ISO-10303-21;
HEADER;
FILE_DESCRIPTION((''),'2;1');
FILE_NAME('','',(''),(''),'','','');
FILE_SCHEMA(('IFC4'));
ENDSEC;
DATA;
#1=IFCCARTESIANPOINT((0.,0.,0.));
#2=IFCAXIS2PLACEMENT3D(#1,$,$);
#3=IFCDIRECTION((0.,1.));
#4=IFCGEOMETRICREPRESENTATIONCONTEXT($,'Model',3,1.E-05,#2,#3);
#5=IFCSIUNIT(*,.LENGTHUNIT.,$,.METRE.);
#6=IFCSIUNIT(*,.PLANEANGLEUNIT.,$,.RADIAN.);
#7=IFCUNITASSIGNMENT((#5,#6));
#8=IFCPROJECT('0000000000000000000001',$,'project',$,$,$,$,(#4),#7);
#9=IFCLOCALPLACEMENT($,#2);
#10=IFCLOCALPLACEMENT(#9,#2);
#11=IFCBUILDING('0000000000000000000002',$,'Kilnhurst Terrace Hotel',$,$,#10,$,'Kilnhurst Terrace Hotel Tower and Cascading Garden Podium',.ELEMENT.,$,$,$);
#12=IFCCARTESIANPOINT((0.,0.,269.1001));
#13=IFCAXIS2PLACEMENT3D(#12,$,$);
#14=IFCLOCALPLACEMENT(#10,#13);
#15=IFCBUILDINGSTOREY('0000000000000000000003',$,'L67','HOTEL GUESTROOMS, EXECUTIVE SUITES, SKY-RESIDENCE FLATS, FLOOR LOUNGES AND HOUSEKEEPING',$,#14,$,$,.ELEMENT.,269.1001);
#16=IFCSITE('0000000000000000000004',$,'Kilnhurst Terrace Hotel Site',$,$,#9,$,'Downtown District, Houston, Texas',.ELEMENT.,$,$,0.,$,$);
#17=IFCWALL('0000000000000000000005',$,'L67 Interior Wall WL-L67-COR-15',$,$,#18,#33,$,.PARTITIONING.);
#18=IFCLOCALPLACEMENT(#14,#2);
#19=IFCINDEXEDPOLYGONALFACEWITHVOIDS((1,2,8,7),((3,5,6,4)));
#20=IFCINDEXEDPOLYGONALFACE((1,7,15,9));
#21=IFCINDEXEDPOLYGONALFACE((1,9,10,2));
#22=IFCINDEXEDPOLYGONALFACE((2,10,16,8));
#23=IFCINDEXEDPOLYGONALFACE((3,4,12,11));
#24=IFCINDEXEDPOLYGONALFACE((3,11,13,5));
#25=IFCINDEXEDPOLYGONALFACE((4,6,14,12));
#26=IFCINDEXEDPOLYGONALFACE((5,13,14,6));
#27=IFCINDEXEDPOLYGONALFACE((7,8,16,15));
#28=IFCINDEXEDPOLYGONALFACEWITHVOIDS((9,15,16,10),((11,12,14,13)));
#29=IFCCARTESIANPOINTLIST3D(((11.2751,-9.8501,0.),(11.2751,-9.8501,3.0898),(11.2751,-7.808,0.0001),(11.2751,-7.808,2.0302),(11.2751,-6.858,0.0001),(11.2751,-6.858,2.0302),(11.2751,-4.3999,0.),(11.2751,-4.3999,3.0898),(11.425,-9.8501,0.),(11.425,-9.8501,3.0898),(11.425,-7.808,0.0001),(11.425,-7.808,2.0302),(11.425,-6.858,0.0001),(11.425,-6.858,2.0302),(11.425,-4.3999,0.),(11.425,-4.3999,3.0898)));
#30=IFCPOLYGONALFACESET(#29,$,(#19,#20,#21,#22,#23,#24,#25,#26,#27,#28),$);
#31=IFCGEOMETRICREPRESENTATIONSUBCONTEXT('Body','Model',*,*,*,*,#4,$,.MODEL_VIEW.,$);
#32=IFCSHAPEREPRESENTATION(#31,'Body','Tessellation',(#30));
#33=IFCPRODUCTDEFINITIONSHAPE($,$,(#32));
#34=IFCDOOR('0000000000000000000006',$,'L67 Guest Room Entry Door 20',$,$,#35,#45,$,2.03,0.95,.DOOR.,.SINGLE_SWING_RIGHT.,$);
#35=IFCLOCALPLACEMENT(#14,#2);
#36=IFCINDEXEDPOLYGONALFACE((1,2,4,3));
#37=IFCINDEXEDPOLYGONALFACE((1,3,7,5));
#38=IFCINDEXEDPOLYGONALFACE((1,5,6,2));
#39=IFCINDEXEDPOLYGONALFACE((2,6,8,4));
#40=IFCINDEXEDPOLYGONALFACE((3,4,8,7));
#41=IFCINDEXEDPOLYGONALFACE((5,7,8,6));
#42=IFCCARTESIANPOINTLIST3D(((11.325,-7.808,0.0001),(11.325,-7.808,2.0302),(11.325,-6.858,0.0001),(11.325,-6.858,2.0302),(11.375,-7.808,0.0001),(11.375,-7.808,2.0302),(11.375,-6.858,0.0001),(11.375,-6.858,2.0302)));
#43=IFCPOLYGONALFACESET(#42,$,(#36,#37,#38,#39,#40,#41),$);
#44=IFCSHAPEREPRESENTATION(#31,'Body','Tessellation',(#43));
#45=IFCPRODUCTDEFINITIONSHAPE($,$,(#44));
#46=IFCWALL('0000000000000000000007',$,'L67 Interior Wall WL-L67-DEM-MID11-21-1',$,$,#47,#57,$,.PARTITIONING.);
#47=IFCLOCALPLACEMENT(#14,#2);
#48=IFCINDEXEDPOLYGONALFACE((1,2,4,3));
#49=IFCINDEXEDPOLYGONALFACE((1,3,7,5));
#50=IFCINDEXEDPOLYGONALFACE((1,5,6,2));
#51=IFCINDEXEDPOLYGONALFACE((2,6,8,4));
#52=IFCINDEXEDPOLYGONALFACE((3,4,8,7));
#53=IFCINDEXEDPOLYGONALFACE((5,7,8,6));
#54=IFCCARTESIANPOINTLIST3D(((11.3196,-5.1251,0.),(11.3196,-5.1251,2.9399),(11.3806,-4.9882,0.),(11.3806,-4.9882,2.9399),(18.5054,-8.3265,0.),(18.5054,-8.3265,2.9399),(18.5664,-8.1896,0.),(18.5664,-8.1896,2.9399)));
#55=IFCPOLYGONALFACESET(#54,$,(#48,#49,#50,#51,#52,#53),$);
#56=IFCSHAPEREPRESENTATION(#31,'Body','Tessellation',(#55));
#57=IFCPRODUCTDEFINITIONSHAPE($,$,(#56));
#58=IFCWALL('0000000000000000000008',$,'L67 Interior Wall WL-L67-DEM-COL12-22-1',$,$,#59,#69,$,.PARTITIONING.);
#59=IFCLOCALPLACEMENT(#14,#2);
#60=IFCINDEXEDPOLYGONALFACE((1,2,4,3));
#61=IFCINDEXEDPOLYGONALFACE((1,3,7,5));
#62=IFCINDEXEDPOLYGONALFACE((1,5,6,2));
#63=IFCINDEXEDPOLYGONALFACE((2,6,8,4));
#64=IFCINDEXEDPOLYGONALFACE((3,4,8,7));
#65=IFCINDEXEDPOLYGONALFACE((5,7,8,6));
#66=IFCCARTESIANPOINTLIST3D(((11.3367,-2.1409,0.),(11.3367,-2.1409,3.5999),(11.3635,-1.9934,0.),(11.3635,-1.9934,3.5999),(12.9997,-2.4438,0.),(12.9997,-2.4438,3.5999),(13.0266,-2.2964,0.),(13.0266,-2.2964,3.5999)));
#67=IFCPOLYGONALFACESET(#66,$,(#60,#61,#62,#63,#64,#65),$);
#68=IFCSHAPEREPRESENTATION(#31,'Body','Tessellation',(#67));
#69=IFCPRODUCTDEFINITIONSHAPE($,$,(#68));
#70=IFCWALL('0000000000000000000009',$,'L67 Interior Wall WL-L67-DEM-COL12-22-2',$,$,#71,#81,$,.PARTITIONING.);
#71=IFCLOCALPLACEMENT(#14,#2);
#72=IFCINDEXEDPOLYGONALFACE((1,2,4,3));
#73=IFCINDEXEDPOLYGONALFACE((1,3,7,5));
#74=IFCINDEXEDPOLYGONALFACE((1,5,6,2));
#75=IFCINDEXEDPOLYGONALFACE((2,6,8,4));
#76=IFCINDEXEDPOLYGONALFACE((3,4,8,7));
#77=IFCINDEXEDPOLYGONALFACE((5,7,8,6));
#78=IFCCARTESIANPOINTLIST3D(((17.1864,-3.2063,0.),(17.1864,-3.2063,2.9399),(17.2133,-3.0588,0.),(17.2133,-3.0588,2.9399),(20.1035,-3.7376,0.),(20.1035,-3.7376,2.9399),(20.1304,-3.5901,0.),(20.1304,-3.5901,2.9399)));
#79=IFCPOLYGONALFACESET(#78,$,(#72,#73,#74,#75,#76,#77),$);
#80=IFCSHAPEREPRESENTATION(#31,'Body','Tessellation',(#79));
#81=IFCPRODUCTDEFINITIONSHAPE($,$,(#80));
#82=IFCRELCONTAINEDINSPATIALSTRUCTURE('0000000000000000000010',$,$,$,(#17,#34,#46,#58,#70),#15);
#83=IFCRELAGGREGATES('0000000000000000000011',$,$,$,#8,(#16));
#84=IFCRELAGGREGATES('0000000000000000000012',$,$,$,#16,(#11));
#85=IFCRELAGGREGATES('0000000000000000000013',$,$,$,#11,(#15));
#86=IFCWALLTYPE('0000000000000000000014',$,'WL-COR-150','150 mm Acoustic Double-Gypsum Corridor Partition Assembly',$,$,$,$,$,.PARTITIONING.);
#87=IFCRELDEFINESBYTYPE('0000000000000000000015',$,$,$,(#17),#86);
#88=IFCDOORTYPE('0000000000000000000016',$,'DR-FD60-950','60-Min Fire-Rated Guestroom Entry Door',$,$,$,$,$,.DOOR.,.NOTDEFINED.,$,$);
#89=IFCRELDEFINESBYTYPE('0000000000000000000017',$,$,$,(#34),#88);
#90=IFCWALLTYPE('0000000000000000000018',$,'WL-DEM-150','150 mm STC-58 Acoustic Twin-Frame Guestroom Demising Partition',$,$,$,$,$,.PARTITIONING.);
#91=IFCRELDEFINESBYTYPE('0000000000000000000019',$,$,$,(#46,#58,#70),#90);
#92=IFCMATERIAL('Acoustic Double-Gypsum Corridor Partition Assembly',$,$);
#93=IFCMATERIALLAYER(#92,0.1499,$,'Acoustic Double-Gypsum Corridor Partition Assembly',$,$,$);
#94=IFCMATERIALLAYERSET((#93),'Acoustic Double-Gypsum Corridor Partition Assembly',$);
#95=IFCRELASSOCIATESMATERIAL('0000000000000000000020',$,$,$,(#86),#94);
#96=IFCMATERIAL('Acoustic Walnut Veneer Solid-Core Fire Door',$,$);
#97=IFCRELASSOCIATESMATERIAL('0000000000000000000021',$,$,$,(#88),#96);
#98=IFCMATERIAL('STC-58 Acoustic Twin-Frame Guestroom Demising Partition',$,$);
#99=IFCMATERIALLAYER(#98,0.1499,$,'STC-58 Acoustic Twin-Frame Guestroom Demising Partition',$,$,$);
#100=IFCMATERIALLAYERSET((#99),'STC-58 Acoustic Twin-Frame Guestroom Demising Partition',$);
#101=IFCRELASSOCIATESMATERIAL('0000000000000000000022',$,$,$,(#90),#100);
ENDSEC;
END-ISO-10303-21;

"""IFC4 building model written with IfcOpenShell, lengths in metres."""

from ifc_helpers import new_model, si_unit, direction, frame, frame_2d, origin, place, context, subcontext, project, spatial, rectangle, extrude, material, layer, layer_set, type_object, element, fill, save


model = new_model("IFC4")

# Units and contexts
model_context = context("Model", 3, precision=1e-05, world=origin(), true_north=direction((0.0, 1.0)))
body_context = subcontext(model_context, "Body", "Model", "MODEL_VIEW")
ifc_project = project(units=[si_unit("LENGTHUNIT", "METRE"), si_unit("PLANEANGLEUNIT", "RADIAN")], contexts=[model_context])

# Site, building, storey
site_placement = place(None, origin())
site = spatial("IfcSite", under=ifc_project, at=site_placement, Name="Kilnhurst Terrace Hotel Site", LongName="Downtown District, Houston, Texas", CompositionType="ELEMENT", RefElevation=0.0)
building_placement = place(site_placement, origin())
building = spatial("IfcBuilding", under=site, at=building_placement, Name="Kilnhurst Terrace Hotel", LongName="Kilnhurst Terrace Hotel Tower and Cascading Garden Podium", CompositionType="ELEMENT")
storey_placement = place(building_placement, frame((0.0, 0.0, 269.1001)))
storey = spatial("IfcBuildingStorey", under=building, at=storey_placement, Name="L67", Description="HOTEL GUESTROOMS, EXECUTIVE SUITES, SKY-RESIDENCE FLATS, FLOOR LOUNGES AND HOUSEKEEPING", CompositionType="ELEMENT", Elevation=269.1001)

# Shared definitions
ifc_material_1 = material(Name="Acoustic Double-Gypsum Corridor Partition Assembly")
ifc_layer_1 = layer(ifc_material_1, 0.1499, Name="Acoustic Double-Gypsum Corridor Partition Assembly")
ifc_layer_set_1 = layer_set([ifc_layer_1], Name="Acoustic Double-Gypsum Corridor Partition Assembly")
wall_type_1 = type_object("IfcWallType", Name="WL-COR-150", Description="150 mm Acoustic Double-Gypsum Corridor Partition Assembly", PredefinedType="PARTITIONING", material=ifc_layer_set_1)

# Wall, opening, door
wall_1_placement = place(storey_placement, frame((11.3501, -4.3999, 0.0), z_axis=(0.0, 0.0, 1.0), x_axis=(0.0, -1.0, 0.0)))
wall_1 = element("IfcWall", 1, at=wall_1_placement, inside=storey, type_object=wall_type_1, Name="L67 Interior Wall WL-L67-COR-15", PredefinedType="PARTITIONING", context=body_context, shape_type="SweptSolid", body=[
    extrude(rectangle(XDim=5.4502, YDim=0.1499, at=frame_2d((2.7251, 0.0))), origin(), (0.0, 0.0, 1.0), 3.0898),
])
opening_1_placement = place(wall_1_placement, frame((2.458, 0.0, 0.0)))
opening_1 = element("IfcOpeningElement", 2, at=opening_1_placement, cuts=wall_1, PredefinedType="OPENING", context=body_context, shape_type="SweptSolid", body=[
    extrude(rectangle(XDim=0.95, YDim=2.03, at=frame_2d((0.4751, 1.0151))), frame((0.0, 0.085, 0.0), z_axis=(0.0, -1.0, 0.0), x_axis=(1.0, 0.0, 0.0)), (0.0, 0.0, 1.0), 0.1699),
])
ifc_material_2 = material(Name="Acoustic Walnut Veneer Solid-Core Fire Door")
door_type_1 = type_object("IfcDoorType", Name="DR-FD60-950", Description="60-Min Fire-Rated Guestroom Entry Door", OperationType="NOTDEFINED", PredefinedType="DOOR", material=ifc_material_2)
door_1_placement = place(opening_1_placement, origin())
door_1 = element("IfcDoor", 3, at=door_1_placement, inside=storey, type_object=door_type_1, Name="L67 Guest Room Entry Door 20", OperationType="SINGLE_SWING_RIGHT", OverallHeight=2.03, OverallWidth=0.95, PredefinedType="DOOR", context=body_context, shape_type="SweptSolid", body=[
    extrude(rectangle(XDim=0.95, YDim=2.03, at=frame_2d((0.4751, 1.0151))), frame((0.0, 0.0249, 0.0), z_axis=(0.0, -1.0, 0.0), x_axis=(1.0, 0.0, 0.0)), (0.0, 0.0, 1.0), 0.05),
])
fill(opening_1, door_1)

# Walls
ifc_material_3 = material(Name="STC-58 Acoustic Twin-Frame Guestroom Demising Partition")
ifc_layer_2 = layer(ifc_material_3, 0.1499, Name="STC-58 Acoustic Twin-Frame Guestroom Demising Partition")
ifc_layer_set_2 = layer_set([ifc_layer_2], Name="STC-58 Acoustic Twin-Frame Guestroom Demising Partition")
wall_type_2 = type_object("IfcWallType", Name="WL-DEM-150", Description="150 mm STC-58 Acoustic Twin-Frame Guestroom Demising Partition", PredefinedType="PARTITIONING", material=ifc_layer_set_2)
wall_2_placement = place(storey_placement, frame((11.3501, -5.0566, 0.0), z_axis=(0.0, 0.0, 1.0), x_axis=(0.913446, -0.406959, 0.0)))
element("IfcWall", 4, at=wall_2_placement, inside=storey, type_object=wall_type_2, Name="L67 Interior Wall WL-L67-DEM-MID11-21-1", PredefinedType="PARTITIONING", context=body_context, shape_type="SweptSolid", body=[
    extrude(rectangle(XDim=7.8667, YDim=0.1499, at=frame_2d((3.9333, 0.0))), origin(), (0.0, 0.0, 1.0), 2.9399),
])
wall_3_placement = place(storey_placement, frame((11.3501, -2.0671, 0.0), z_axis=(0.0, 0.0, 1.0), x_axis=(0.983807, -0.179229, 0.0)))
element("IfcWall", 5, at=wall_3_placement, inside=storey, type_object=wall_type_2, Name="L67 Interior Wall WL-L67-DEM-COL12-22-1", PredefinedType="PARTITIONING", context=body_context, shape_type="SweptSolid", body=[
    extrude(rectangle(XDim=1.6904, YDim=0.1499, at=frame_2d((0.8452, 0.0))), origin(), (0.0, 0.0, 1.0), 3.5999),
])
wall_4_placement = place(storey_placement, frame((17.2, -3.1326, 0.0), z_axis=(0.0, 0.0, 1.0), x_axis=(0.983817, -0.179175, 0.0)))
element("IfcWall", 6, at=wall_4_placement, inside=storey, type_object=wall_type_2, Name="L67 Interior Wall WL-L67-DEM-COL12-22-2", PredefinedType="PARTITIONING", context=body_context, shape_type="SweptSolid", body=[
    extrude(rectangle(XDim=2.9651, YDim=0.1499, at=frame_2d((1.4824, 0.0))), origin(), (0.0, 0.0, 1.0), 2.9399),
])

save(model, "model.ifc")
